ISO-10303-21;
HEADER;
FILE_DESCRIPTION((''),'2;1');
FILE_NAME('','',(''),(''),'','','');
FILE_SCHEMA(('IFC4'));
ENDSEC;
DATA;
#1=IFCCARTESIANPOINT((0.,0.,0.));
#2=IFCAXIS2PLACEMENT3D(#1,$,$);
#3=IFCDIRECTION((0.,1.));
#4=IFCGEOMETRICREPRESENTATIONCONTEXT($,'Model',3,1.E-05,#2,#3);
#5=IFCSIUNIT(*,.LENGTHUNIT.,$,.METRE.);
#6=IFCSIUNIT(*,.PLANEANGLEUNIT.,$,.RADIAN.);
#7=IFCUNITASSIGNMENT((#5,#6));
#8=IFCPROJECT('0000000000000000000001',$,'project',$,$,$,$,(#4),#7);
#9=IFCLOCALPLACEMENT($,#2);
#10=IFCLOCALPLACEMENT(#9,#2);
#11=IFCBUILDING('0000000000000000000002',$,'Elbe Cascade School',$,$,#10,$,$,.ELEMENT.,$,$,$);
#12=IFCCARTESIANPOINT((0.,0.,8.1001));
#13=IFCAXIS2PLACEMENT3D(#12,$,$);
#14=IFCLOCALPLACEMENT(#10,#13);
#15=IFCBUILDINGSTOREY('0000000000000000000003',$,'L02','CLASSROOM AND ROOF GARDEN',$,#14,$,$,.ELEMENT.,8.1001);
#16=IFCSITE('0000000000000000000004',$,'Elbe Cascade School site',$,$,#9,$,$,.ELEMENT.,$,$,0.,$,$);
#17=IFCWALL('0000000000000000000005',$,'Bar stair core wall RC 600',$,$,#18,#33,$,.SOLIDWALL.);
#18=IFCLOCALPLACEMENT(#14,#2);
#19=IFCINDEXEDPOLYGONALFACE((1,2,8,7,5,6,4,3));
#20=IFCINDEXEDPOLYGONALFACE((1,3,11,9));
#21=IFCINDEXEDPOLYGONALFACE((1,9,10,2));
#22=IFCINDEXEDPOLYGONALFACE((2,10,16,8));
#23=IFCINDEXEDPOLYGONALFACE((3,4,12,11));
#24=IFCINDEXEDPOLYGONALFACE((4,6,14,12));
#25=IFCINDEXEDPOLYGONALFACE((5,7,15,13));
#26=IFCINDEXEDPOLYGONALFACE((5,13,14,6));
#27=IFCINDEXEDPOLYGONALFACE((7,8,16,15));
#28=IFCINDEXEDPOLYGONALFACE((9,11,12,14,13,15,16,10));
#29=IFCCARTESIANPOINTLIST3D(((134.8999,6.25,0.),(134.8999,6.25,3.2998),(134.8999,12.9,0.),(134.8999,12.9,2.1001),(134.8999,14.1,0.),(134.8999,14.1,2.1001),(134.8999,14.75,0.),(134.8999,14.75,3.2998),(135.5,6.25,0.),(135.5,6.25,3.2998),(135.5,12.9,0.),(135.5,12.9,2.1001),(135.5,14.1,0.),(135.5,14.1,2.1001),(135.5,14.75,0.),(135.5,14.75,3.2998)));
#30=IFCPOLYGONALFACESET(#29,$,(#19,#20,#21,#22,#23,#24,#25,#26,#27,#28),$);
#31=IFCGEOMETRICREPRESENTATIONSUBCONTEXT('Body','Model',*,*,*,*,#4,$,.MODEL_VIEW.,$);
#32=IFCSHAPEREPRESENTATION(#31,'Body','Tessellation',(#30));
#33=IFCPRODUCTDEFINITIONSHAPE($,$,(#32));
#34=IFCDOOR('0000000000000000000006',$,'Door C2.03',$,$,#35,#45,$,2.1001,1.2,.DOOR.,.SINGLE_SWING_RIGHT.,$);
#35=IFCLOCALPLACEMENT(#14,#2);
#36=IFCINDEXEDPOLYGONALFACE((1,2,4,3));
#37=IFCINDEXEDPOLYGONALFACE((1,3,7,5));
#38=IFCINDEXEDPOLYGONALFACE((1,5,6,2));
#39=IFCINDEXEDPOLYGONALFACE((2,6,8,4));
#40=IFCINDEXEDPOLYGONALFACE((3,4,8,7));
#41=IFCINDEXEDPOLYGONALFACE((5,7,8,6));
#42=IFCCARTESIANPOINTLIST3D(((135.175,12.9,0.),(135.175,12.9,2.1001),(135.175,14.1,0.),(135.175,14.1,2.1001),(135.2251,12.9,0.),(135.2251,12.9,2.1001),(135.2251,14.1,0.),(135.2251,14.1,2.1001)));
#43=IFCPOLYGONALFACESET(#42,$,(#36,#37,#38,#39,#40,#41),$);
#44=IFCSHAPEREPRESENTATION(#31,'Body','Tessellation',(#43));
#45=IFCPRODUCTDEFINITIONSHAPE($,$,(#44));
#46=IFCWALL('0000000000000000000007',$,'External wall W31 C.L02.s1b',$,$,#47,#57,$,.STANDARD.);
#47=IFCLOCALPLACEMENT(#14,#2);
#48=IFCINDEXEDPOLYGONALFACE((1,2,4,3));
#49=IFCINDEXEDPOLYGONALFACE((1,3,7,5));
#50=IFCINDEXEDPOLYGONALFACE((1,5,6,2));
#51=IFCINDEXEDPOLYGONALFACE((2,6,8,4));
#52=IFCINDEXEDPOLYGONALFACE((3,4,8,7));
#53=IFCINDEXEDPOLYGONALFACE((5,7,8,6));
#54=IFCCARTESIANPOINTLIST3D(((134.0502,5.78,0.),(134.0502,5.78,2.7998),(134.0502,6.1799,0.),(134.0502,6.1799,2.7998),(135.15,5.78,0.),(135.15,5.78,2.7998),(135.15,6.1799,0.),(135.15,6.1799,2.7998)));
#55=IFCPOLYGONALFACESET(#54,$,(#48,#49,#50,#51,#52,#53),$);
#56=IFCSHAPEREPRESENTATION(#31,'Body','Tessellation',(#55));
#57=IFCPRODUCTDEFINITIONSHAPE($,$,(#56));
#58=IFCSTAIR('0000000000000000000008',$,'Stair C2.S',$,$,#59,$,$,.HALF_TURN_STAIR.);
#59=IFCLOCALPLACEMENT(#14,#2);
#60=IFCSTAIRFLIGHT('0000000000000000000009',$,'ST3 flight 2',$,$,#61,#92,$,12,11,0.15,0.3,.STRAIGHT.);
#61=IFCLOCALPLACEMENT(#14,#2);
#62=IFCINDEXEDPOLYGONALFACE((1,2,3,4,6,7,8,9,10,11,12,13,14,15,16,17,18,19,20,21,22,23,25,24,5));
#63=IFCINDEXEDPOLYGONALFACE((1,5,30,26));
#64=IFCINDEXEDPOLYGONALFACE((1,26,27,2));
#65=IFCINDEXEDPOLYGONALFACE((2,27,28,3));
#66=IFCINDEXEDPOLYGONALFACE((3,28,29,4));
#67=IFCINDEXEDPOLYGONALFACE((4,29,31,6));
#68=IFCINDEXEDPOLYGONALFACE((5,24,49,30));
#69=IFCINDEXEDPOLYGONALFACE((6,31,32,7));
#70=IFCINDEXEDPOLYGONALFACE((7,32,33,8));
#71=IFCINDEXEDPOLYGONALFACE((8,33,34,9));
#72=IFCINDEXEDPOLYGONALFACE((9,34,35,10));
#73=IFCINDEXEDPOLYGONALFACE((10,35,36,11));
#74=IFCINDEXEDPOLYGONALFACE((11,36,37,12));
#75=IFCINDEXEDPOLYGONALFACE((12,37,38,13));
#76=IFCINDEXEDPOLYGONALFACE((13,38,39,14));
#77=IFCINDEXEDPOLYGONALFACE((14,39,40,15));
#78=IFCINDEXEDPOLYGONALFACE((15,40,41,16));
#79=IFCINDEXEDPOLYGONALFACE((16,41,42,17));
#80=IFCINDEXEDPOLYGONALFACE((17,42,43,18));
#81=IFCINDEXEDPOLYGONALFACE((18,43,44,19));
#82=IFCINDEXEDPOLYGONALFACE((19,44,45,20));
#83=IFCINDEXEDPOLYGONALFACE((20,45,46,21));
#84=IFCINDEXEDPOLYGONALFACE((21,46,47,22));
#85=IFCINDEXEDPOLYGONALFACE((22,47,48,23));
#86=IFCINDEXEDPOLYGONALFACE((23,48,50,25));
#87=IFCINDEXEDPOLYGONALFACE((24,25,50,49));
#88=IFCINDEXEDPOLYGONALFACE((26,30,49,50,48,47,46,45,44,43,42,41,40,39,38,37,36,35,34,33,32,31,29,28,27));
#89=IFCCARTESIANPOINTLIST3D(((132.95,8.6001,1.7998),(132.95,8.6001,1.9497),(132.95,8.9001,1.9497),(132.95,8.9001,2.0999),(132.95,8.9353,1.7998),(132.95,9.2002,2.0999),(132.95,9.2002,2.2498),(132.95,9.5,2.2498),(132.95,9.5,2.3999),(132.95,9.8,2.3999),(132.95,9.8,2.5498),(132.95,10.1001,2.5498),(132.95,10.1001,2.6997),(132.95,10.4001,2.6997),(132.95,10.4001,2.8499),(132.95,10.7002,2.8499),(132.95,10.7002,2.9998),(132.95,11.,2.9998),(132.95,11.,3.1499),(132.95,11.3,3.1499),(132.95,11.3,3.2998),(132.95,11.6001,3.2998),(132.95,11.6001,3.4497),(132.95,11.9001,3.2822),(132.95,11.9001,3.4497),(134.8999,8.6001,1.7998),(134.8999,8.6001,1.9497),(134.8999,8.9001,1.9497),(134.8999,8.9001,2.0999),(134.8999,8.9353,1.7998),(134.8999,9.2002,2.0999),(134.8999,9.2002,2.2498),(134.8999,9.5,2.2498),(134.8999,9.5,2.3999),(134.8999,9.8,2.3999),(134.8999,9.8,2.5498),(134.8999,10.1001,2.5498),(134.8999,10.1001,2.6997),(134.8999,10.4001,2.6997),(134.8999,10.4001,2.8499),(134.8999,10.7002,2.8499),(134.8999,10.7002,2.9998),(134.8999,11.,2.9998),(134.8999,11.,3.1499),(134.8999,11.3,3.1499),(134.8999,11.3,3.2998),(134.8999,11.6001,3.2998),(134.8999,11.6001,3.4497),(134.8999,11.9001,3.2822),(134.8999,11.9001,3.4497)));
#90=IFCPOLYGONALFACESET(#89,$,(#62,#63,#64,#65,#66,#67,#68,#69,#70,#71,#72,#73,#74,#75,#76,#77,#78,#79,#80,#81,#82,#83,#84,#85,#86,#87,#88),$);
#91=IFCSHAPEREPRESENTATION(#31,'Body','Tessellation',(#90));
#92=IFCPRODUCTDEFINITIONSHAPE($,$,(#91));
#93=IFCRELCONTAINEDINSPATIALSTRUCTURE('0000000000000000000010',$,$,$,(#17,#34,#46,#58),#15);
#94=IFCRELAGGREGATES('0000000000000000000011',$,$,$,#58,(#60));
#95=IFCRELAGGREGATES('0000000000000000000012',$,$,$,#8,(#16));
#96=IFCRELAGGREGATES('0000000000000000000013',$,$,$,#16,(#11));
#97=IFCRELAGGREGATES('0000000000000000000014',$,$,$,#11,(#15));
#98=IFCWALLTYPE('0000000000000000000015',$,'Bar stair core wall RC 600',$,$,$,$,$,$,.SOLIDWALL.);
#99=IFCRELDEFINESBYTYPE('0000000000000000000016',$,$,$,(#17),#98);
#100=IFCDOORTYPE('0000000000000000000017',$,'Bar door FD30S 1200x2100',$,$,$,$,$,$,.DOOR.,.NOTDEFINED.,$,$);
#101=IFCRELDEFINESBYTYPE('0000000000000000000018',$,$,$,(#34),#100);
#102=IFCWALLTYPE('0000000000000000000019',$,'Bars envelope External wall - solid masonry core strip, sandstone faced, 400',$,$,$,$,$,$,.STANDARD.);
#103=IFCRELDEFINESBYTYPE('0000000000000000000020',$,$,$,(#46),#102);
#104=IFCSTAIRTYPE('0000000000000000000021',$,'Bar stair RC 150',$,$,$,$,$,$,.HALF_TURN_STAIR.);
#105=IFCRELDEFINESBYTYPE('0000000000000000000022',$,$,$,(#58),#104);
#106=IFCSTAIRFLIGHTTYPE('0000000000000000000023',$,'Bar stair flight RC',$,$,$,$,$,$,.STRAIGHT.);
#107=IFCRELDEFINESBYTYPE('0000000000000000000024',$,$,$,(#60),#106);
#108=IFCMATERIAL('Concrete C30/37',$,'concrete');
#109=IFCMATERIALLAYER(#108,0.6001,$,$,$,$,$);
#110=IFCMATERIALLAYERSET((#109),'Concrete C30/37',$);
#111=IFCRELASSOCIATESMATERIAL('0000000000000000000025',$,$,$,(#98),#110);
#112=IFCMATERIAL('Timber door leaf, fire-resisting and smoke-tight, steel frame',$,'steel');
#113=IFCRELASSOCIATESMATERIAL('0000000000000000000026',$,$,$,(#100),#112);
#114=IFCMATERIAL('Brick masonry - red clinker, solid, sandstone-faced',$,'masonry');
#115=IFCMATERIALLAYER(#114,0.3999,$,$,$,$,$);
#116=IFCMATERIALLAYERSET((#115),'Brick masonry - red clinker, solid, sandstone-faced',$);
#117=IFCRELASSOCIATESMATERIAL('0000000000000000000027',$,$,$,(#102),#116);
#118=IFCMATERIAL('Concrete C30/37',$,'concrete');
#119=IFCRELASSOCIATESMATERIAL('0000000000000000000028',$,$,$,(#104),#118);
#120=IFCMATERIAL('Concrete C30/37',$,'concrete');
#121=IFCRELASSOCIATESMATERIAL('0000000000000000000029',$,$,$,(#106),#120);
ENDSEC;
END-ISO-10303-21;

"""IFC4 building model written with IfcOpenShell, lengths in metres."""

from ifc_helpers import new_model, si_unit, direction, frame, frame_2d, origin, place, context, subcontext, project, spatial, polyline, rectangle, outline, extrude, material, layer, layer_set, type_object, element, fill, aggregate, save


model = new_model("IFC4")

# Units and contexts
model_context = context("Model", 3, precision=1e-05, world=origin(), true_north=direction((0.0, 1.0)))
body_context = subcontext(model_context, "Body", "Model", "MODEL_VIEW")
ifc_project = project(units=[si_unit("LENGTHUNIT", "METRE"), si_unit("PLANEANGLEUNIT", "RADIAN")], contexts=[model_context])

# Site, building, storey
site_placement = place(None, origin())
site = spatial("IfcSite", under=ifc_project, at=site_placement, Name="Elbe Cascade School site", CompositionType="ELEMENT", RefElevation=0.0)
building_placement = place(site_placement, origin())
building = spatial("IfcBuilding", under=site, at=building_placement, Name="Elbe Cascade School", CompositionType="ELEMENT")
storey_placement = place(building_placement, frame((0.0, 0.0, 8.1001)))
storey = spatial("IfcBuildingStorey", under=building, at=storey_placement, Name="L02", Description="CLASSROOM AND ROOF GARDEN", CompositionType="ELEMENT", Elevation=8.1001)

# Wall, opening, door
ifc_material_1 = material(Name="Concrete C30/37", Category="concrete")
ifc_layer_1 = layer(ifc_material_1, 0.6001)
ifc_layer_set_1 = layer_set([ifc_layer_1], Name="Concrete C30/37")
wall_type_1 = type_object("IfcWallType", Name="Bar stair core wall RC 600", PredefinedType="SOLIDWALL", material=ifc_layer_set_1)
wall_1_placement = place(storey_placement, frame((135.2, 6.25, 0.0), z_axis=(0.0, 0.0, 1.0), x_axis=(0.0, 1.0, 0.0)))
wall_1 = element("IfcWall", 1, at=wall_1_placement, inside=storey, type_object=wall_type_1, Name="Bar stair core wall RC 600", PredefinedType="SOLIDWALL", context=body_context, shape_type="SweptSolid", body=[
    extrude(rectangle(XDim=8.5, YDim=0.6001, at=frame_2d((4.25, 0.0))), origin(), (0.0, 0.0, 1.0), 3.2998),
])
opening_placement = place(wall_1_placement, frame((6.6499, 0.0, 0.0)))
opening = element("IfcOpeningElement", 2, at=opening_placement, cuts=wall_1, PredefinedType="OPENING", context=body_context, shape_type="SweptSolid", body=[
    extrude(rectangle(XDim=1.2, YDim=2.1001, at=frame_2d((0.6001, 1.05))), frame((0.0, 0.3101, 0.0), z_axis=(0.0, -1.0, 0.0), x_axis=(1.0, 0.0, 0.0)), (0.0, 0.0, 1.0), 0.6201),
])
ifc_material_2 = material(Name="Timber door leaf, fire-resisting and smoke-tight, steel frame", Category="steel")
door_type = type_object("IfcDoorType", Name="Bar door FD30S 1200x2100", OperationType="NOTDEFINED", PredefinedType="DOOR", material=ifc_material_2)
door_placement = place(opening_placement, origin())
door = element("IfcDoor", 3, at=door_placement, inside=storey, type_object=door_type, Name="Door C2.03", OperationType="SINGLE_SWING_RIGHT", OverallHeight=2.1001, OverallWidth=1.2, PredefinedType="DOOR", context=body_context, shape_type="SweptSolid", body=[
    extrude(rectangle(XDim=1.2, YDim=2.1001, at=frame_2d((0.6001, 1.05))), frame((0.0, 0.0249, 0.0), z_axis=(0.0, -1.0, 0.0), x_axis=(1.0, 0.0, 0.0)), (0.0, 0.0, 1.0), 0.05),
])
fill(opening, door)

# Wall
ifc_material_3 = material(Name="Brick masonry - red clinker, solid, sandstone-faced", Category="masonry")
ifc_layer_2 = layer(ifc_material_3, 0.3999)
ifc_layer_set_2 = layer_set([ifc_layer_2], Name="Brick masonry - red clinker, solid, sandstone-faced")
wall_type_2 = type_object("IfcWallType", Name="Bars envelope External wall - solid masonry core strip, sandstone faced, 400", PredefinedType="STANDARD", material=ifc_layer_set_2)
wall_2_placement = place(storey_placement, frame((135.1499, 5.98, 0.0), z_axis=(0.0, 0.0, 1.0), x_axis=(-1.0, 0.0, 0.0)))
element("IfcWall", 4, at=wall_2_placement, inside=storey, type_object=wall_type_2, Name="External wall W31 C.L02.s1b", PredefinedType="STANDARD", context=body_context, shape_type="SweptSolid", body=[
    extrude(rectangle(XDim=1.0999, YDim=0.3999, at=frame_2d((0.5498, 0.0))), origin(), (0.0, 0.0, 1.0), 2.7998),
])

# Stair, stair flight
ifc_material_4 = material(Name="Concrete C30/37", Category="concrete")
stair_type = type_object("IfcStairType", Name="Bar stair RC 150", PredefinedType="HALF_TURN_STAIR", material=ifc_material_4)
stair_placement = place(storey_placement, origin())
stair = element("IfcStair", 5, at=stair_placement, inside=storey, type_object=stair_type, Name="Stair C2.S", PredefinedType="HALF_TURN_STAIR")
ifc_material_5 = material(Name="Concrete C30/37", Category="concrete")
stair_flight_type = type_object("IfcStairFlightType", Name="Bar stair flight RC", PredefinedType="STRAIGHT", material=ifc_material_5)
stair_flight_placement = place(storey_placement, frame((133.925, 8.6001, 1.7998), z_axis=(0.0, 0.0, 1.0), x_axis=(0.0, 1.0, 0.0)))
stair_flight = element("IfcStairFlight", 6, at=stair_flight_placement, type_object=stair_flight_type, Name="ST3 flight 2", NumberOfRisers=12, NumberOfTreads=11, PredefinedType="STRAIGHT", RiserHeight=0.15, TreadLength=0.3, context=body_context, shape_type="SweptSolid", body=[
    extrude(outline(polyline([(0.0, 0.0), (0.0, 0.1499), (0.3, 0.1499), (0.3, 0.3), (0.6001, 0.3), (0.6001, 0.45), (0.8999, 0.45), (0.8999, 0.6001), (1.2, 0.6001), (1.2, 0.75), (1.5, 0.75), (1.5, 0.8999), (1.8, 0.8999), (1.8, 1.05), (2.1001, 1.05), (2.1001, 1.2), (2.3999, 1.2), (2.3999, 1.3501), (2.7, 1.3501), (2.7, 1.5), (3.0, 1.5), (3.0, 1.6499), (3.3, 1.6499), (3.3, 1.8), (3.3, 1.4824), (0.3352, 0.0), (0.0, 0.0)])), frame((0.0, 0.9751, 0.0), z_axis=(0.0, -1.0, 0.0), x_axis=(1.0, 0.0, 0.0)), (0.0, 0.0, 1.0), 1.95),
])
aggregate(stair, [stair_flight])

save(model, "model.ifc")
